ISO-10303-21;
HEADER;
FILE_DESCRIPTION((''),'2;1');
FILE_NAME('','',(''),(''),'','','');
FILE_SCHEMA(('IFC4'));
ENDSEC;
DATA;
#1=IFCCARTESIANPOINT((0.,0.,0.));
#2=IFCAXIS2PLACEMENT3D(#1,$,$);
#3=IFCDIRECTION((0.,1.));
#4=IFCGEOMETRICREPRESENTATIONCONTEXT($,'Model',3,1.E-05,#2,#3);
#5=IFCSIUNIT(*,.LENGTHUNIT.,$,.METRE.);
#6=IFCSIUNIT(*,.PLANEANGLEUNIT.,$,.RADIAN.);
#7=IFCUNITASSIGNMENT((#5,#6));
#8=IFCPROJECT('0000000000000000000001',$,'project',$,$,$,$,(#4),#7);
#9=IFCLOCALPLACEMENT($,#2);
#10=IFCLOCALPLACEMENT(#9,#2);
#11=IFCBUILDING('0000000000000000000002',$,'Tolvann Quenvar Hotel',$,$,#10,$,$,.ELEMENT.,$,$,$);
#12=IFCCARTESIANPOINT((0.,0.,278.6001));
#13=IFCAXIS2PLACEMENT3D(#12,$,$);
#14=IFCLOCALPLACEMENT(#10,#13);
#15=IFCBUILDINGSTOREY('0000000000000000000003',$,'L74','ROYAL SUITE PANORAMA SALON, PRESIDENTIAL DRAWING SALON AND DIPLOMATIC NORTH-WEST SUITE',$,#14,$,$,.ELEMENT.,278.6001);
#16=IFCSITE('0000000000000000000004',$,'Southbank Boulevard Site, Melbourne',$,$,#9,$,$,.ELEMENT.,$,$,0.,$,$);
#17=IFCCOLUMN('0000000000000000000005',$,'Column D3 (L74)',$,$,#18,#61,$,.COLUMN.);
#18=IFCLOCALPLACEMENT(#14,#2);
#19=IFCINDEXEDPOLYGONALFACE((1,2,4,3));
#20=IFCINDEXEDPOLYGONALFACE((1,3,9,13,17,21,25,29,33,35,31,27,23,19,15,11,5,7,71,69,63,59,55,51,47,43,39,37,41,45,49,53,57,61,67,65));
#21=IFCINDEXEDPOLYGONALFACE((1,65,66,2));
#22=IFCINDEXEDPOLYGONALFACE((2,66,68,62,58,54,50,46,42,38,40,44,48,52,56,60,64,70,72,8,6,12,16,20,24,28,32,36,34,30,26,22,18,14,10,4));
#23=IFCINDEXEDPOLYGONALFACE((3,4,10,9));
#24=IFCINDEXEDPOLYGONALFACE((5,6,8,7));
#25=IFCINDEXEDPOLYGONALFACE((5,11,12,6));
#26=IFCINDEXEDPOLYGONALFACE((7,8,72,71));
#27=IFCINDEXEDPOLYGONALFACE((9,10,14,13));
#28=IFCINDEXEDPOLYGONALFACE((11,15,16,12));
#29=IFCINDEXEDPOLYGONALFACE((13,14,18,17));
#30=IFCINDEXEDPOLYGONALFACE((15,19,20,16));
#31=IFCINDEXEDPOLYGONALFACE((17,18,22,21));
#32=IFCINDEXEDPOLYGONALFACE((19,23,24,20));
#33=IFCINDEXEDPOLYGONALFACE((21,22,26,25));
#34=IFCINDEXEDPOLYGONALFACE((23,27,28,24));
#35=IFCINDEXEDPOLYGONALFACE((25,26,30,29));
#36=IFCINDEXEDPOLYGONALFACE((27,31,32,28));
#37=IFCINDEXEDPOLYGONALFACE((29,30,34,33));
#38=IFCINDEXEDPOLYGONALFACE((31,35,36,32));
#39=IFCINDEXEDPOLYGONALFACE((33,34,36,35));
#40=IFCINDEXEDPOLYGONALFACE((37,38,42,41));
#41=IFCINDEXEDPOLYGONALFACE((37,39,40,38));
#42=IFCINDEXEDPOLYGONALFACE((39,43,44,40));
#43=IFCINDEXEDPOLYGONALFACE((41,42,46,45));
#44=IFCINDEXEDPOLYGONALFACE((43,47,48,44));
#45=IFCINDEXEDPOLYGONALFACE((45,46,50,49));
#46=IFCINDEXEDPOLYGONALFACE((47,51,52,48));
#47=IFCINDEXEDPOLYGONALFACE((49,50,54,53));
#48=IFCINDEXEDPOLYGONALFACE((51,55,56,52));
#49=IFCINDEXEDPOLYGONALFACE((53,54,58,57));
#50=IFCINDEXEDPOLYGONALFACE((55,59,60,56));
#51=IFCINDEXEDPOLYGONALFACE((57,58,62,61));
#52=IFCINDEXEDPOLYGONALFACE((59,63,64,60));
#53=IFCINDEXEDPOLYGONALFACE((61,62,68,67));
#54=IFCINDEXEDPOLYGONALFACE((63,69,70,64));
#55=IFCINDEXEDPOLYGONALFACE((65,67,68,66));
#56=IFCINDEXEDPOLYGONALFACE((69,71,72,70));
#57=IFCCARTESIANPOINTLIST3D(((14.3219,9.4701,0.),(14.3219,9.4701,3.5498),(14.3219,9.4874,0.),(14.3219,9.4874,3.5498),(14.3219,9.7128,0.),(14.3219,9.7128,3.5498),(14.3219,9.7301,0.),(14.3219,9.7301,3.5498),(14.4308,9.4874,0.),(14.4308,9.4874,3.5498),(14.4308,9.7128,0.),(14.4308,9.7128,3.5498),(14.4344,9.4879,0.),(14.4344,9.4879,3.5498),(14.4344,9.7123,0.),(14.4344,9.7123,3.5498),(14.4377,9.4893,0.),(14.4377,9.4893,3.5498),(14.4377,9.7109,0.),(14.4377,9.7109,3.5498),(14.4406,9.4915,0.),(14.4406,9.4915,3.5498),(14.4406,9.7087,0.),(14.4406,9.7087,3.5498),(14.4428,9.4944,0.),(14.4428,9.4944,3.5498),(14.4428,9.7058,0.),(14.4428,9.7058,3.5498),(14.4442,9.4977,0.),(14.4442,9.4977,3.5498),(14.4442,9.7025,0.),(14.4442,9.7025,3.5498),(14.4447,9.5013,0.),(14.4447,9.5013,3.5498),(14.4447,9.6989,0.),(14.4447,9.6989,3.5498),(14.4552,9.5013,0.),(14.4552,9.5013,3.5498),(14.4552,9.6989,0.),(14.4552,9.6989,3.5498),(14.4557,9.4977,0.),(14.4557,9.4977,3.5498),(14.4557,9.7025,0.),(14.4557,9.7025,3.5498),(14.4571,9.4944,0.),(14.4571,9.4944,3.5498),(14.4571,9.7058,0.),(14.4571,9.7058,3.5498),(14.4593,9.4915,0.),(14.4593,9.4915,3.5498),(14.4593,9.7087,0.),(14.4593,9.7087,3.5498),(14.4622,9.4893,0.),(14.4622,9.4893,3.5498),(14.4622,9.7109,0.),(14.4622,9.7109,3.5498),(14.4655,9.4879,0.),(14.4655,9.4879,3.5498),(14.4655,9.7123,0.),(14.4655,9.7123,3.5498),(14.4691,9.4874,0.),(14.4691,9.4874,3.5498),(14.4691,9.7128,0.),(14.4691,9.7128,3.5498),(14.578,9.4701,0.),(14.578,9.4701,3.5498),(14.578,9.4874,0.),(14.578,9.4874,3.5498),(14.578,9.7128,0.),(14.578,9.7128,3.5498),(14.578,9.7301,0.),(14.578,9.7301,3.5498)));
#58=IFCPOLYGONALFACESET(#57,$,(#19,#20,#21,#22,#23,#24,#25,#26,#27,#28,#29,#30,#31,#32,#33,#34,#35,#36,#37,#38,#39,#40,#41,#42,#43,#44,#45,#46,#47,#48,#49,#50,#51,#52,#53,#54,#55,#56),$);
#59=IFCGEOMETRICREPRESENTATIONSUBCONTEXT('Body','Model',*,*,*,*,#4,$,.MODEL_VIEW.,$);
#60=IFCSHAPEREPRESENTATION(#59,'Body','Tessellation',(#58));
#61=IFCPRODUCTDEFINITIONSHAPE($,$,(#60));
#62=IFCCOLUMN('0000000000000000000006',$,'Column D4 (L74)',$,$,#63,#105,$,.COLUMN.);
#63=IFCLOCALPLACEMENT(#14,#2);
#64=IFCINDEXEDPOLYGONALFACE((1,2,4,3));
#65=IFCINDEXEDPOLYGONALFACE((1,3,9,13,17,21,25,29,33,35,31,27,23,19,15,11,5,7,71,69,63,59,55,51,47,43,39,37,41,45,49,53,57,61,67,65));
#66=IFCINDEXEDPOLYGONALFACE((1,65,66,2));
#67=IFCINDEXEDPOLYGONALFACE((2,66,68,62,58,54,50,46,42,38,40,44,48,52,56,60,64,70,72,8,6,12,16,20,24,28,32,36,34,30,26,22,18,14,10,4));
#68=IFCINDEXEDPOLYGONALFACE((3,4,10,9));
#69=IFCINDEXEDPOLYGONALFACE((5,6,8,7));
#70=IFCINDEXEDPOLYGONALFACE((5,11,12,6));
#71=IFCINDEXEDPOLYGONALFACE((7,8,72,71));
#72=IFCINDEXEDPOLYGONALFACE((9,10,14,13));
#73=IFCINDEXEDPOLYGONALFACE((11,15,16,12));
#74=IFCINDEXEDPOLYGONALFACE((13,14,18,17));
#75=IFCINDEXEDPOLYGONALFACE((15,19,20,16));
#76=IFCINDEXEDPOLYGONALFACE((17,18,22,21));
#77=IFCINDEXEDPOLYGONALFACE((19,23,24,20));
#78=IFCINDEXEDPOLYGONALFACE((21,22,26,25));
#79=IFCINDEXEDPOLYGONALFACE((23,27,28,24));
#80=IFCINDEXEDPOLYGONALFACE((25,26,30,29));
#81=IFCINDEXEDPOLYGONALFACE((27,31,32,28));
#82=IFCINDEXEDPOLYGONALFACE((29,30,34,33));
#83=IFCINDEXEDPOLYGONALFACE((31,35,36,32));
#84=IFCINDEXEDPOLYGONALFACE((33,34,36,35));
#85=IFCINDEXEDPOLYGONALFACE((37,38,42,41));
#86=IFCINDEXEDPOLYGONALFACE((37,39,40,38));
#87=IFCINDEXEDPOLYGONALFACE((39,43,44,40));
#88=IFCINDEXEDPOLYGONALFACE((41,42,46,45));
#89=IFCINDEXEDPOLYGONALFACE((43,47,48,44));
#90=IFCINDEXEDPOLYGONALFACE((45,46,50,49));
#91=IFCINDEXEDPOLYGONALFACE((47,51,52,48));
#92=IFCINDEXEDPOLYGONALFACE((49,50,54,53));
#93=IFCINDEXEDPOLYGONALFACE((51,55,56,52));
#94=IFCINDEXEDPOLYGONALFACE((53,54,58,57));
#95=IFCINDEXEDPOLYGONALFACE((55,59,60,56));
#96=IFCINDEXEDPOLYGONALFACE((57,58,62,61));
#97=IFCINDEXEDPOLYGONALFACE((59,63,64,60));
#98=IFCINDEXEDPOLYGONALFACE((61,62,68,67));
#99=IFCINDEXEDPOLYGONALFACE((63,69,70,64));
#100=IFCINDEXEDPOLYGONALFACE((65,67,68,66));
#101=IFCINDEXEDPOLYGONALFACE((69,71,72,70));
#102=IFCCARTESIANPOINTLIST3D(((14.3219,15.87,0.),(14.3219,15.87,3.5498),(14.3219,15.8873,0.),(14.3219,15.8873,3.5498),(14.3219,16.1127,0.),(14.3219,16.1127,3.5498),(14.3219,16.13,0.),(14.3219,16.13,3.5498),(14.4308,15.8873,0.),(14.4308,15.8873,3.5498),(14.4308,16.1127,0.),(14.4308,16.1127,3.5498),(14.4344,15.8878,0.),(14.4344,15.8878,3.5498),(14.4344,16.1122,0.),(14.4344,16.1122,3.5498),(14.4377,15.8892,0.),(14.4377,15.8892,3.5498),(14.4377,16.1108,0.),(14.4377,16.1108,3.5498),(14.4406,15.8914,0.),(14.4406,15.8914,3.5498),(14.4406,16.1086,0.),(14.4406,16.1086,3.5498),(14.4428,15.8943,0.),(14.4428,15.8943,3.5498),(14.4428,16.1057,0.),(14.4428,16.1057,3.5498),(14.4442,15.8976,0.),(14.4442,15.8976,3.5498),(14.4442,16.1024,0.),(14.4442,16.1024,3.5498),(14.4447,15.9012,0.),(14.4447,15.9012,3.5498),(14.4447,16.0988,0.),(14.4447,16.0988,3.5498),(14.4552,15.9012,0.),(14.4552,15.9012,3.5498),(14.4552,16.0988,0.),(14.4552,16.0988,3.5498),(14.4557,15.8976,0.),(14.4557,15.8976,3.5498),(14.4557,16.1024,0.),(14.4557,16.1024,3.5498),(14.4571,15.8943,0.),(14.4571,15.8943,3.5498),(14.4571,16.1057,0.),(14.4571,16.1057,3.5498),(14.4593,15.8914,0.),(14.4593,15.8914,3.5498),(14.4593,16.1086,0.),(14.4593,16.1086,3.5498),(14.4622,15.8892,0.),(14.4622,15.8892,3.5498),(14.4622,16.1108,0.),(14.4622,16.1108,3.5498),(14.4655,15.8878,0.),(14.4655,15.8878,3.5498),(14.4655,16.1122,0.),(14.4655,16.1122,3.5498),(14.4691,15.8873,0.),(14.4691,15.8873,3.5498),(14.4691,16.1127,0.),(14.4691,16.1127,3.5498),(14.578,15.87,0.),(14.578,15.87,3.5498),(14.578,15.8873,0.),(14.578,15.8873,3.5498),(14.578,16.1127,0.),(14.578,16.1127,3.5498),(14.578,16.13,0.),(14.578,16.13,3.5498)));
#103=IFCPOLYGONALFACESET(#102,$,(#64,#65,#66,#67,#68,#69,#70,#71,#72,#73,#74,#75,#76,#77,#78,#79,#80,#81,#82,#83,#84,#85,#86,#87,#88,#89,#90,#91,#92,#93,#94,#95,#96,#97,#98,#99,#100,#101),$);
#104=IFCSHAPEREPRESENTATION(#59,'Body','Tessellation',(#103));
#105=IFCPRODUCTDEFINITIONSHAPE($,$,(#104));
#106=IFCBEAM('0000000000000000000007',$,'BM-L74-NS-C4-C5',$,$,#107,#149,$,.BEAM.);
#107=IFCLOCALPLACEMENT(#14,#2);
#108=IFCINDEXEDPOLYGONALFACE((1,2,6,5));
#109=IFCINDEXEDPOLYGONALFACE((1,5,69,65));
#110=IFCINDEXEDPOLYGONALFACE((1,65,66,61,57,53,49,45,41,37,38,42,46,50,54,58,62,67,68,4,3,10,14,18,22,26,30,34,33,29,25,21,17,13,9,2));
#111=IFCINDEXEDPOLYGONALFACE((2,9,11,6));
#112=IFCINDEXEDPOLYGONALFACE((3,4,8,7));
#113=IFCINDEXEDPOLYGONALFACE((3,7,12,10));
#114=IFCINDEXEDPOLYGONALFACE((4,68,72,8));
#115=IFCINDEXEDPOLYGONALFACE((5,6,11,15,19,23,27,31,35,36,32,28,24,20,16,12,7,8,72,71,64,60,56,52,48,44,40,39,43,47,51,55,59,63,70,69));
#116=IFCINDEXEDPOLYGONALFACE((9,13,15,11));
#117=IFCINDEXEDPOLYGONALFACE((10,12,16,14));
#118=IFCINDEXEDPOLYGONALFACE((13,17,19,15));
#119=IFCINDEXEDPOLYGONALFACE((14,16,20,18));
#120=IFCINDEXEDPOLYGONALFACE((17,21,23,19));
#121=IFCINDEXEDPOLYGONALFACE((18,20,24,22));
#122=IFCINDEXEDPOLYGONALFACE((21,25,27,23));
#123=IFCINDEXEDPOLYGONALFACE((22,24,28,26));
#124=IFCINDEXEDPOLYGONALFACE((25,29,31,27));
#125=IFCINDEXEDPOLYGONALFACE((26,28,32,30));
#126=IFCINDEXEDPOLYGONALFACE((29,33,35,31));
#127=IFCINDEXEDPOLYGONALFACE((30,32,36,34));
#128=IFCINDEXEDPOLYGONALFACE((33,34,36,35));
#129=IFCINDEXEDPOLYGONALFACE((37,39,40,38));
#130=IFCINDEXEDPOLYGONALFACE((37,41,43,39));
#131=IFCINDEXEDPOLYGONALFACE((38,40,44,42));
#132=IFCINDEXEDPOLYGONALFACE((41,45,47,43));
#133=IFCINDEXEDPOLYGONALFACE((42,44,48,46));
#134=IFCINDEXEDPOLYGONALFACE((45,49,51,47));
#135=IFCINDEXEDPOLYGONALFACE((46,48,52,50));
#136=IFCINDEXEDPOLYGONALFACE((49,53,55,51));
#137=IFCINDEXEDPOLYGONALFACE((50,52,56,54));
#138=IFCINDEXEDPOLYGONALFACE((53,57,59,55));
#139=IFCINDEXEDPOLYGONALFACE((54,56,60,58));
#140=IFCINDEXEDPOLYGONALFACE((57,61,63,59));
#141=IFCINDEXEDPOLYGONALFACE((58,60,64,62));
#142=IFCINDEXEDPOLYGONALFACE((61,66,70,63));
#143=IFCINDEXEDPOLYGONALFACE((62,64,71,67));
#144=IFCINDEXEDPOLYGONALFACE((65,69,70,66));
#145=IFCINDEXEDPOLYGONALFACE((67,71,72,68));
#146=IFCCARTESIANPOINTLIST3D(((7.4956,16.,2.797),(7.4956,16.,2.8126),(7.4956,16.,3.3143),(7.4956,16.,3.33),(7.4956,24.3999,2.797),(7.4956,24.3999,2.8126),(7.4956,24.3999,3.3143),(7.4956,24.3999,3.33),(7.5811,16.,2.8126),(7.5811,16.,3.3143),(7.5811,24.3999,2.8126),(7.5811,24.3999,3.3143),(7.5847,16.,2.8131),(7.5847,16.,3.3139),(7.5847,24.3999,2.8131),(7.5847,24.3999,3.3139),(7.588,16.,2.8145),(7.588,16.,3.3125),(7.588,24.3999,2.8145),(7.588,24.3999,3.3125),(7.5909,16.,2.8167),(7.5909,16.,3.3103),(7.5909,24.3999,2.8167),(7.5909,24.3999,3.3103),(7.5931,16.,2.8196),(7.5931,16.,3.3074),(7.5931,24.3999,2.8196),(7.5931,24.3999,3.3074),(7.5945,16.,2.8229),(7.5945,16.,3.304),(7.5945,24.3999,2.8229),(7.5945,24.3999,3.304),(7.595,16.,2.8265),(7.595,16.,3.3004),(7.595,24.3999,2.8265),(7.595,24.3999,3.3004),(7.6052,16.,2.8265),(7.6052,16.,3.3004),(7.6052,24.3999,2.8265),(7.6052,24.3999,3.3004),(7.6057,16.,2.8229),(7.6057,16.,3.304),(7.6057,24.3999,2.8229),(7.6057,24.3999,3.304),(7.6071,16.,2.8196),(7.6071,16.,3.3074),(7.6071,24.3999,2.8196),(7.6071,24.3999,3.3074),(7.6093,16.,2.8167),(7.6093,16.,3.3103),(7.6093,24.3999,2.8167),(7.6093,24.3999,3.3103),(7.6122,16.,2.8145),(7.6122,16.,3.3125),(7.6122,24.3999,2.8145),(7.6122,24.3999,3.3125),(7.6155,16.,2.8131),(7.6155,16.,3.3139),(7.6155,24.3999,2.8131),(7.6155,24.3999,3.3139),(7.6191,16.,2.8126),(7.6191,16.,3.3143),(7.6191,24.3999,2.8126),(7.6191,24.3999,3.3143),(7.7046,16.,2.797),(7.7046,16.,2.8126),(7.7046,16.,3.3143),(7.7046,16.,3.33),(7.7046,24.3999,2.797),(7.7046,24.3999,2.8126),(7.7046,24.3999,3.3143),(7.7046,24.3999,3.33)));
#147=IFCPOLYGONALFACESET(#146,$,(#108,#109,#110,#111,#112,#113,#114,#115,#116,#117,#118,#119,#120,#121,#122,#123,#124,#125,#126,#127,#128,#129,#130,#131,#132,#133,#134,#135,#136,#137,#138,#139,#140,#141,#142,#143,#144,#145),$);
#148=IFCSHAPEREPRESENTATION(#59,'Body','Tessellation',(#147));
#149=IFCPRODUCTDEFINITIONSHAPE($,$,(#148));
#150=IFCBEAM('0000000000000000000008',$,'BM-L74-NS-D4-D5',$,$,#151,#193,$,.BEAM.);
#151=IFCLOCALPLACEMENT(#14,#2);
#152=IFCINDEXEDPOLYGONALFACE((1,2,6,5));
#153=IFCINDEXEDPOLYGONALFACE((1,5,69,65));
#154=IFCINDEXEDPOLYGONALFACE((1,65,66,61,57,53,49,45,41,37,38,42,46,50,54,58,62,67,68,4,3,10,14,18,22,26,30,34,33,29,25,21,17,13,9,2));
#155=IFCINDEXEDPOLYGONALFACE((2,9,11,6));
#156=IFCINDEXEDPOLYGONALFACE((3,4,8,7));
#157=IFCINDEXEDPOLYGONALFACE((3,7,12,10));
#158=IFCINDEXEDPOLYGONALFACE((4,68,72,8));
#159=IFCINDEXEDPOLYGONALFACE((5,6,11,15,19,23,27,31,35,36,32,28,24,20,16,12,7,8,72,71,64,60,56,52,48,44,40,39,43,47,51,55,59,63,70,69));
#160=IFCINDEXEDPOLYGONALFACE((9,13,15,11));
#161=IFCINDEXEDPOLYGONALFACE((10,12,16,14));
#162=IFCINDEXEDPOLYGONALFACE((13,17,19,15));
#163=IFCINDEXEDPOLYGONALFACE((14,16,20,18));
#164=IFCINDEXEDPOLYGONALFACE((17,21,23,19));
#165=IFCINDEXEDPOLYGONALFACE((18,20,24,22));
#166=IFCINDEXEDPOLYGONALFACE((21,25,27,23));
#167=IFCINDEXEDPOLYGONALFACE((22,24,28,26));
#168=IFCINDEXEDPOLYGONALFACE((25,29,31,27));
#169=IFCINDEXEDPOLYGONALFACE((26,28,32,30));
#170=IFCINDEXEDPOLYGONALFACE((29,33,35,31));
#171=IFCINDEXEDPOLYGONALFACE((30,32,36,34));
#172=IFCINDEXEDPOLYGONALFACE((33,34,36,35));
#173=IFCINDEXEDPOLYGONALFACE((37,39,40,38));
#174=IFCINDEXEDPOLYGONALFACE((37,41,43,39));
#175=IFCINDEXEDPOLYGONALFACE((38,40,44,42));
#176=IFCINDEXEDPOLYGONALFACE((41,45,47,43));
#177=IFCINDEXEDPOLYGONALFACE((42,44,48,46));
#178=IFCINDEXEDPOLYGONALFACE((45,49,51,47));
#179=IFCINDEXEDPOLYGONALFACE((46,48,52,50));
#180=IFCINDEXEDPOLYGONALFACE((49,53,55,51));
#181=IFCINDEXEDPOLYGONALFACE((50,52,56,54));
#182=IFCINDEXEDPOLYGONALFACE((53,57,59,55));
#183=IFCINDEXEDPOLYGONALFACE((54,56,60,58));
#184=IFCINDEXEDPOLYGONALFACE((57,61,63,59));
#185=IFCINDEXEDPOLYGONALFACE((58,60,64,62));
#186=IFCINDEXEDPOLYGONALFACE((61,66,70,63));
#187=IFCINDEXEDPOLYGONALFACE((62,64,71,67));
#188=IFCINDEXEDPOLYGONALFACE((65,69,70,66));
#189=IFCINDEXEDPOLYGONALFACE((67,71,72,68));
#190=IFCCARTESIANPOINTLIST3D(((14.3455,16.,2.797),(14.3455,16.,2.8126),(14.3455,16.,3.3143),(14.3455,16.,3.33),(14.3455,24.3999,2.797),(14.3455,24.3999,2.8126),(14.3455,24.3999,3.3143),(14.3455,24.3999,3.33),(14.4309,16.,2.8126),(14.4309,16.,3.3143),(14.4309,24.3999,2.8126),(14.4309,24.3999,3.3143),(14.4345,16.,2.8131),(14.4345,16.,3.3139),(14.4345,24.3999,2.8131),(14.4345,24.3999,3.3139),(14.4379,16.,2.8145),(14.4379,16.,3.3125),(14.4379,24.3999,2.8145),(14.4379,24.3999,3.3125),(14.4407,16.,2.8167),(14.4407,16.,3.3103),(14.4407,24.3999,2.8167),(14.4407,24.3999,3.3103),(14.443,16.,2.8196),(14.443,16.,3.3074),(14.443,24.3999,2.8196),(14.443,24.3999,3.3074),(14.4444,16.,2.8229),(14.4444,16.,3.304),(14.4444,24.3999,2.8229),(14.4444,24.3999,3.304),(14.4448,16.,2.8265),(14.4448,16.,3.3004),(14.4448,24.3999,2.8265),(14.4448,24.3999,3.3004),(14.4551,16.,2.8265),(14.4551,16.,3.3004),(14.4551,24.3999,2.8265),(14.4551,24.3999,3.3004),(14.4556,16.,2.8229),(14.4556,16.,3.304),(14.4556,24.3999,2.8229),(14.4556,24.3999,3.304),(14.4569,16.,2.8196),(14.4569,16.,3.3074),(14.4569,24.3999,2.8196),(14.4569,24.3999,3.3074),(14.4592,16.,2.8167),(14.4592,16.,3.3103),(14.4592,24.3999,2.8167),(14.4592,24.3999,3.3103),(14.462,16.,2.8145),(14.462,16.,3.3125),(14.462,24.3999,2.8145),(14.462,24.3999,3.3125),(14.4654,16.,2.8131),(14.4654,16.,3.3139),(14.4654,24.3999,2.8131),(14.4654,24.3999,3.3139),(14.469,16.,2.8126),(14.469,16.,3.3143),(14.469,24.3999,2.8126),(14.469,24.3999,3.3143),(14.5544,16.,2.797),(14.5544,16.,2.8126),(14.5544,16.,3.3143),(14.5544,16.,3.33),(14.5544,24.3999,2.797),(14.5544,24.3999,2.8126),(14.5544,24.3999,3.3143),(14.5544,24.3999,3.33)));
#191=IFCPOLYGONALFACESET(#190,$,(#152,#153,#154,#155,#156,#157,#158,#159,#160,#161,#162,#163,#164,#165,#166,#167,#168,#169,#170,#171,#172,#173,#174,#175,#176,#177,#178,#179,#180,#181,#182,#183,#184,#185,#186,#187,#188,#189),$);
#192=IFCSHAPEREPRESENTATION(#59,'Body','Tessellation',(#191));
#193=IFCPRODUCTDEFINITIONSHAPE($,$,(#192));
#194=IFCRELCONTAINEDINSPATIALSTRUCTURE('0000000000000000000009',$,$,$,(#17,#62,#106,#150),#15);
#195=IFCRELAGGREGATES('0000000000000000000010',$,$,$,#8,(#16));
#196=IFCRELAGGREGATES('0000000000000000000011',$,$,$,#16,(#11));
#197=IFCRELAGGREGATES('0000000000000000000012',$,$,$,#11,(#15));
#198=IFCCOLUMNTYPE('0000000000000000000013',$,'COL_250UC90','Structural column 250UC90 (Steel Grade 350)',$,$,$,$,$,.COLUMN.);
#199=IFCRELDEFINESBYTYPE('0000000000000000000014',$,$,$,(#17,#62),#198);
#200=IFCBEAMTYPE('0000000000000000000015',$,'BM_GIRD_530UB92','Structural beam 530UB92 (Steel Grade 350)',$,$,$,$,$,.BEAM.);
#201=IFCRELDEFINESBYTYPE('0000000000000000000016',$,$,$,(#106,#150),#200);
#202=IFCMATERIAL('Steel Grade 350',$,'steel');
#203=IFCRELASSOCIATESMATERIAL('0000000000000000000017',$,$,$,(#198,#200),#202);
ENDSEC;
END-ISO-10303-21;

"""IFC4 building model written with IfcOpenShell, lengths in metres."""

from ifc_helpers import new_model, si_unit, direction, frame, origin, origin_2d, place, context, subcontext, project, spatial, i_section, extrude, source, transform, mapped, material, material_profile, profile_set, type_object, type_shapes, element, save


model = new_model("IFC4")

# Units and contexts
model_context = context("Model", 3, precision=1e-05, world=origin(), true_north=direction((0.0, 1.0)))
body_context = subcontext(model_context, "Body", "Model", "MODEL_VIEW")
ifc_project = project(units=[si_unit("LENGTHUNIT", "METRE"), si_unit("PLANEANGLEUNIT", "RADIAN")], contexts=[model_context])

# Site, building, storey
site_placement = place(None, origin())
site = spatial("IfcSite", under=ifc_project, at=site_placement, Name="Southbank Boulevard Site, Melbourne", CompositionType="ELEMENT", RefElevation=0.0)
building_placement = place(site_placement, origin())
building = spatial("IfcBuilding", under=site, at=building_placement, Name="Tolvann Quenvar Hotel", CompositionType="ELEMENT")
storey_placement = place(building_placement, frame((0.0, 0.0, 278.6001)))
storey = spatial("IfcBuildingStorey", under=building, at=storey_placement, Name="L74", Description="ROYAL SUITE PANORAMA SALON, PRESIDENTIAL DRAWING SALON AND DIPLOMATIC NORTH-WEST SUITE", CompositionType="ELEMENT", Elevation=278.6001)

# Columns
ifc_material_1 = material(Name="Steel Grade 350", Category="steel")
ifc_material_profile_1 = material_profile(ifc_material_1, i_section(OverallWidth=0.2561, OverallDepth=0.26, WebThickness=0.0105, FlangeThickness=0.0173, FilletRadius=0.0139, at=origin_2d()), Name="250UC90")
ifc_profile_set_1 = profile_set([ifc_material_profile_1], Name="Steel Grade 350")
column_type_1 = type_object("IfcColumnType", Name="COL_250UC90", Description="Structural column 250UC90 (Steel Grade 350)", PredefinedType="COLUMN", material=ifc_profile_set_1)
shared_shape_1 = source(origin(), body_context, "Body", "SweptSolid", [
    extrude(i_section(OverallWidth=0.2561, OverallDepth=0.26, WebThickness=0.0105, FlangeThickness=0.0173, FilletRadius=0.0139, at=origin_2d()), origin(), (0.0, 0.0, 1.0), 3.5498),
])
type_shapes(column_type_1, [shared_shape_1])
for number, where, z_axis, x_axis, name in (
    (1, (14.45, 9.6001, 0.0), (0.0, 0.0, 1.0), (1.0, 0.0, 0.0), "Column D3 (L74)"),
    (2, (14.45, 16.0, 0.0), (0.0, 0.0, 1.0), (1.0, 0.0, 0.0), "Column D4 (L74)"),
):
    element("IfcColumn", number, at=place(storey_placement, frame(where, z_axis=z_axis, x_axis=x_axis)), inside=storey, type_object=column_type_1, Name=name, PredefinedType="COLUMN", context=body_context, shape_type="MappedRepresentation", body=[
        mapped(shared_shape_1, transform((0.0, 0.0, 0.0), x_axis=(1.0, 0.0, 0.0), y_axis=(0.0, 1.0, 0.0), z_axis=(0.0, 0.0, 1.0), scale=1.0)),
    ])

# Beams
ifc_material_profile_2 = material_profile(ifc_material_1, i_section(OverallWidth=0.209, OverallDepth=0.533, WebThickness=0.0103, FlangeThickness=0.0156, FilletRadius=0.0139, at=origin_2d()), Name="530UB92")
ifc_profile_set_2 = profile_set([ifc_material_profile_2], Name="Steel Grade 350")
beam_type_1 = type_object("IfcBeamType", Name="BM_GIRD_530UB92", Description="Structural beam 530UB92 (Steel Grade 350)", PredefinedType="BEAM", material=ifc_profile_set_2)
shared_shape_2 = source(origin(), body_context, "Body", "SweptSolid", [
    extrude(i_section(OverallWidth=0.209, OverallDepth=0.533, WebThickness=0.0103, FlangeThickness=0.0156, FilletRadius=0.0139, at=origin_2d()), origin(), (0.0, 0.0, 1.0), 8.3999),
])
for number, where, z_axis, x_axis, name in (
    (3, (7.6001, 16.0, 3.0635), (0.0, 1.0, 0.0), (-1.0, 0.0, 0.0), "BM-L74-NS-C4-C5"),
    (4, (14.45, 16.0, 3.0635), (0.0, 1.0, 0.0), (-1.0, 0.0, 0.0), "BM-L74-NS-D4-D5"),
):
    element("IfcBeam", number, at=place(storey_placement, frame(where, z_axis=z_axis, x_axis=x_axis)), inside=storey, type_object=beam_type_1, Name=name, PredefinedType="BEAM", context=body_context, shape_type="MappedRepresentation", body=[
        mapped(shared_shape_2, transform((0.0, 0.0, 0.0), x_axis=(1.0, 0.0, 0.0), y_axis=(0.0, 1.0, 0.0), z_axis=(0.0, 0.0, 1.0), scale=1.0)),
    ])

save(model, "model.ifc")
